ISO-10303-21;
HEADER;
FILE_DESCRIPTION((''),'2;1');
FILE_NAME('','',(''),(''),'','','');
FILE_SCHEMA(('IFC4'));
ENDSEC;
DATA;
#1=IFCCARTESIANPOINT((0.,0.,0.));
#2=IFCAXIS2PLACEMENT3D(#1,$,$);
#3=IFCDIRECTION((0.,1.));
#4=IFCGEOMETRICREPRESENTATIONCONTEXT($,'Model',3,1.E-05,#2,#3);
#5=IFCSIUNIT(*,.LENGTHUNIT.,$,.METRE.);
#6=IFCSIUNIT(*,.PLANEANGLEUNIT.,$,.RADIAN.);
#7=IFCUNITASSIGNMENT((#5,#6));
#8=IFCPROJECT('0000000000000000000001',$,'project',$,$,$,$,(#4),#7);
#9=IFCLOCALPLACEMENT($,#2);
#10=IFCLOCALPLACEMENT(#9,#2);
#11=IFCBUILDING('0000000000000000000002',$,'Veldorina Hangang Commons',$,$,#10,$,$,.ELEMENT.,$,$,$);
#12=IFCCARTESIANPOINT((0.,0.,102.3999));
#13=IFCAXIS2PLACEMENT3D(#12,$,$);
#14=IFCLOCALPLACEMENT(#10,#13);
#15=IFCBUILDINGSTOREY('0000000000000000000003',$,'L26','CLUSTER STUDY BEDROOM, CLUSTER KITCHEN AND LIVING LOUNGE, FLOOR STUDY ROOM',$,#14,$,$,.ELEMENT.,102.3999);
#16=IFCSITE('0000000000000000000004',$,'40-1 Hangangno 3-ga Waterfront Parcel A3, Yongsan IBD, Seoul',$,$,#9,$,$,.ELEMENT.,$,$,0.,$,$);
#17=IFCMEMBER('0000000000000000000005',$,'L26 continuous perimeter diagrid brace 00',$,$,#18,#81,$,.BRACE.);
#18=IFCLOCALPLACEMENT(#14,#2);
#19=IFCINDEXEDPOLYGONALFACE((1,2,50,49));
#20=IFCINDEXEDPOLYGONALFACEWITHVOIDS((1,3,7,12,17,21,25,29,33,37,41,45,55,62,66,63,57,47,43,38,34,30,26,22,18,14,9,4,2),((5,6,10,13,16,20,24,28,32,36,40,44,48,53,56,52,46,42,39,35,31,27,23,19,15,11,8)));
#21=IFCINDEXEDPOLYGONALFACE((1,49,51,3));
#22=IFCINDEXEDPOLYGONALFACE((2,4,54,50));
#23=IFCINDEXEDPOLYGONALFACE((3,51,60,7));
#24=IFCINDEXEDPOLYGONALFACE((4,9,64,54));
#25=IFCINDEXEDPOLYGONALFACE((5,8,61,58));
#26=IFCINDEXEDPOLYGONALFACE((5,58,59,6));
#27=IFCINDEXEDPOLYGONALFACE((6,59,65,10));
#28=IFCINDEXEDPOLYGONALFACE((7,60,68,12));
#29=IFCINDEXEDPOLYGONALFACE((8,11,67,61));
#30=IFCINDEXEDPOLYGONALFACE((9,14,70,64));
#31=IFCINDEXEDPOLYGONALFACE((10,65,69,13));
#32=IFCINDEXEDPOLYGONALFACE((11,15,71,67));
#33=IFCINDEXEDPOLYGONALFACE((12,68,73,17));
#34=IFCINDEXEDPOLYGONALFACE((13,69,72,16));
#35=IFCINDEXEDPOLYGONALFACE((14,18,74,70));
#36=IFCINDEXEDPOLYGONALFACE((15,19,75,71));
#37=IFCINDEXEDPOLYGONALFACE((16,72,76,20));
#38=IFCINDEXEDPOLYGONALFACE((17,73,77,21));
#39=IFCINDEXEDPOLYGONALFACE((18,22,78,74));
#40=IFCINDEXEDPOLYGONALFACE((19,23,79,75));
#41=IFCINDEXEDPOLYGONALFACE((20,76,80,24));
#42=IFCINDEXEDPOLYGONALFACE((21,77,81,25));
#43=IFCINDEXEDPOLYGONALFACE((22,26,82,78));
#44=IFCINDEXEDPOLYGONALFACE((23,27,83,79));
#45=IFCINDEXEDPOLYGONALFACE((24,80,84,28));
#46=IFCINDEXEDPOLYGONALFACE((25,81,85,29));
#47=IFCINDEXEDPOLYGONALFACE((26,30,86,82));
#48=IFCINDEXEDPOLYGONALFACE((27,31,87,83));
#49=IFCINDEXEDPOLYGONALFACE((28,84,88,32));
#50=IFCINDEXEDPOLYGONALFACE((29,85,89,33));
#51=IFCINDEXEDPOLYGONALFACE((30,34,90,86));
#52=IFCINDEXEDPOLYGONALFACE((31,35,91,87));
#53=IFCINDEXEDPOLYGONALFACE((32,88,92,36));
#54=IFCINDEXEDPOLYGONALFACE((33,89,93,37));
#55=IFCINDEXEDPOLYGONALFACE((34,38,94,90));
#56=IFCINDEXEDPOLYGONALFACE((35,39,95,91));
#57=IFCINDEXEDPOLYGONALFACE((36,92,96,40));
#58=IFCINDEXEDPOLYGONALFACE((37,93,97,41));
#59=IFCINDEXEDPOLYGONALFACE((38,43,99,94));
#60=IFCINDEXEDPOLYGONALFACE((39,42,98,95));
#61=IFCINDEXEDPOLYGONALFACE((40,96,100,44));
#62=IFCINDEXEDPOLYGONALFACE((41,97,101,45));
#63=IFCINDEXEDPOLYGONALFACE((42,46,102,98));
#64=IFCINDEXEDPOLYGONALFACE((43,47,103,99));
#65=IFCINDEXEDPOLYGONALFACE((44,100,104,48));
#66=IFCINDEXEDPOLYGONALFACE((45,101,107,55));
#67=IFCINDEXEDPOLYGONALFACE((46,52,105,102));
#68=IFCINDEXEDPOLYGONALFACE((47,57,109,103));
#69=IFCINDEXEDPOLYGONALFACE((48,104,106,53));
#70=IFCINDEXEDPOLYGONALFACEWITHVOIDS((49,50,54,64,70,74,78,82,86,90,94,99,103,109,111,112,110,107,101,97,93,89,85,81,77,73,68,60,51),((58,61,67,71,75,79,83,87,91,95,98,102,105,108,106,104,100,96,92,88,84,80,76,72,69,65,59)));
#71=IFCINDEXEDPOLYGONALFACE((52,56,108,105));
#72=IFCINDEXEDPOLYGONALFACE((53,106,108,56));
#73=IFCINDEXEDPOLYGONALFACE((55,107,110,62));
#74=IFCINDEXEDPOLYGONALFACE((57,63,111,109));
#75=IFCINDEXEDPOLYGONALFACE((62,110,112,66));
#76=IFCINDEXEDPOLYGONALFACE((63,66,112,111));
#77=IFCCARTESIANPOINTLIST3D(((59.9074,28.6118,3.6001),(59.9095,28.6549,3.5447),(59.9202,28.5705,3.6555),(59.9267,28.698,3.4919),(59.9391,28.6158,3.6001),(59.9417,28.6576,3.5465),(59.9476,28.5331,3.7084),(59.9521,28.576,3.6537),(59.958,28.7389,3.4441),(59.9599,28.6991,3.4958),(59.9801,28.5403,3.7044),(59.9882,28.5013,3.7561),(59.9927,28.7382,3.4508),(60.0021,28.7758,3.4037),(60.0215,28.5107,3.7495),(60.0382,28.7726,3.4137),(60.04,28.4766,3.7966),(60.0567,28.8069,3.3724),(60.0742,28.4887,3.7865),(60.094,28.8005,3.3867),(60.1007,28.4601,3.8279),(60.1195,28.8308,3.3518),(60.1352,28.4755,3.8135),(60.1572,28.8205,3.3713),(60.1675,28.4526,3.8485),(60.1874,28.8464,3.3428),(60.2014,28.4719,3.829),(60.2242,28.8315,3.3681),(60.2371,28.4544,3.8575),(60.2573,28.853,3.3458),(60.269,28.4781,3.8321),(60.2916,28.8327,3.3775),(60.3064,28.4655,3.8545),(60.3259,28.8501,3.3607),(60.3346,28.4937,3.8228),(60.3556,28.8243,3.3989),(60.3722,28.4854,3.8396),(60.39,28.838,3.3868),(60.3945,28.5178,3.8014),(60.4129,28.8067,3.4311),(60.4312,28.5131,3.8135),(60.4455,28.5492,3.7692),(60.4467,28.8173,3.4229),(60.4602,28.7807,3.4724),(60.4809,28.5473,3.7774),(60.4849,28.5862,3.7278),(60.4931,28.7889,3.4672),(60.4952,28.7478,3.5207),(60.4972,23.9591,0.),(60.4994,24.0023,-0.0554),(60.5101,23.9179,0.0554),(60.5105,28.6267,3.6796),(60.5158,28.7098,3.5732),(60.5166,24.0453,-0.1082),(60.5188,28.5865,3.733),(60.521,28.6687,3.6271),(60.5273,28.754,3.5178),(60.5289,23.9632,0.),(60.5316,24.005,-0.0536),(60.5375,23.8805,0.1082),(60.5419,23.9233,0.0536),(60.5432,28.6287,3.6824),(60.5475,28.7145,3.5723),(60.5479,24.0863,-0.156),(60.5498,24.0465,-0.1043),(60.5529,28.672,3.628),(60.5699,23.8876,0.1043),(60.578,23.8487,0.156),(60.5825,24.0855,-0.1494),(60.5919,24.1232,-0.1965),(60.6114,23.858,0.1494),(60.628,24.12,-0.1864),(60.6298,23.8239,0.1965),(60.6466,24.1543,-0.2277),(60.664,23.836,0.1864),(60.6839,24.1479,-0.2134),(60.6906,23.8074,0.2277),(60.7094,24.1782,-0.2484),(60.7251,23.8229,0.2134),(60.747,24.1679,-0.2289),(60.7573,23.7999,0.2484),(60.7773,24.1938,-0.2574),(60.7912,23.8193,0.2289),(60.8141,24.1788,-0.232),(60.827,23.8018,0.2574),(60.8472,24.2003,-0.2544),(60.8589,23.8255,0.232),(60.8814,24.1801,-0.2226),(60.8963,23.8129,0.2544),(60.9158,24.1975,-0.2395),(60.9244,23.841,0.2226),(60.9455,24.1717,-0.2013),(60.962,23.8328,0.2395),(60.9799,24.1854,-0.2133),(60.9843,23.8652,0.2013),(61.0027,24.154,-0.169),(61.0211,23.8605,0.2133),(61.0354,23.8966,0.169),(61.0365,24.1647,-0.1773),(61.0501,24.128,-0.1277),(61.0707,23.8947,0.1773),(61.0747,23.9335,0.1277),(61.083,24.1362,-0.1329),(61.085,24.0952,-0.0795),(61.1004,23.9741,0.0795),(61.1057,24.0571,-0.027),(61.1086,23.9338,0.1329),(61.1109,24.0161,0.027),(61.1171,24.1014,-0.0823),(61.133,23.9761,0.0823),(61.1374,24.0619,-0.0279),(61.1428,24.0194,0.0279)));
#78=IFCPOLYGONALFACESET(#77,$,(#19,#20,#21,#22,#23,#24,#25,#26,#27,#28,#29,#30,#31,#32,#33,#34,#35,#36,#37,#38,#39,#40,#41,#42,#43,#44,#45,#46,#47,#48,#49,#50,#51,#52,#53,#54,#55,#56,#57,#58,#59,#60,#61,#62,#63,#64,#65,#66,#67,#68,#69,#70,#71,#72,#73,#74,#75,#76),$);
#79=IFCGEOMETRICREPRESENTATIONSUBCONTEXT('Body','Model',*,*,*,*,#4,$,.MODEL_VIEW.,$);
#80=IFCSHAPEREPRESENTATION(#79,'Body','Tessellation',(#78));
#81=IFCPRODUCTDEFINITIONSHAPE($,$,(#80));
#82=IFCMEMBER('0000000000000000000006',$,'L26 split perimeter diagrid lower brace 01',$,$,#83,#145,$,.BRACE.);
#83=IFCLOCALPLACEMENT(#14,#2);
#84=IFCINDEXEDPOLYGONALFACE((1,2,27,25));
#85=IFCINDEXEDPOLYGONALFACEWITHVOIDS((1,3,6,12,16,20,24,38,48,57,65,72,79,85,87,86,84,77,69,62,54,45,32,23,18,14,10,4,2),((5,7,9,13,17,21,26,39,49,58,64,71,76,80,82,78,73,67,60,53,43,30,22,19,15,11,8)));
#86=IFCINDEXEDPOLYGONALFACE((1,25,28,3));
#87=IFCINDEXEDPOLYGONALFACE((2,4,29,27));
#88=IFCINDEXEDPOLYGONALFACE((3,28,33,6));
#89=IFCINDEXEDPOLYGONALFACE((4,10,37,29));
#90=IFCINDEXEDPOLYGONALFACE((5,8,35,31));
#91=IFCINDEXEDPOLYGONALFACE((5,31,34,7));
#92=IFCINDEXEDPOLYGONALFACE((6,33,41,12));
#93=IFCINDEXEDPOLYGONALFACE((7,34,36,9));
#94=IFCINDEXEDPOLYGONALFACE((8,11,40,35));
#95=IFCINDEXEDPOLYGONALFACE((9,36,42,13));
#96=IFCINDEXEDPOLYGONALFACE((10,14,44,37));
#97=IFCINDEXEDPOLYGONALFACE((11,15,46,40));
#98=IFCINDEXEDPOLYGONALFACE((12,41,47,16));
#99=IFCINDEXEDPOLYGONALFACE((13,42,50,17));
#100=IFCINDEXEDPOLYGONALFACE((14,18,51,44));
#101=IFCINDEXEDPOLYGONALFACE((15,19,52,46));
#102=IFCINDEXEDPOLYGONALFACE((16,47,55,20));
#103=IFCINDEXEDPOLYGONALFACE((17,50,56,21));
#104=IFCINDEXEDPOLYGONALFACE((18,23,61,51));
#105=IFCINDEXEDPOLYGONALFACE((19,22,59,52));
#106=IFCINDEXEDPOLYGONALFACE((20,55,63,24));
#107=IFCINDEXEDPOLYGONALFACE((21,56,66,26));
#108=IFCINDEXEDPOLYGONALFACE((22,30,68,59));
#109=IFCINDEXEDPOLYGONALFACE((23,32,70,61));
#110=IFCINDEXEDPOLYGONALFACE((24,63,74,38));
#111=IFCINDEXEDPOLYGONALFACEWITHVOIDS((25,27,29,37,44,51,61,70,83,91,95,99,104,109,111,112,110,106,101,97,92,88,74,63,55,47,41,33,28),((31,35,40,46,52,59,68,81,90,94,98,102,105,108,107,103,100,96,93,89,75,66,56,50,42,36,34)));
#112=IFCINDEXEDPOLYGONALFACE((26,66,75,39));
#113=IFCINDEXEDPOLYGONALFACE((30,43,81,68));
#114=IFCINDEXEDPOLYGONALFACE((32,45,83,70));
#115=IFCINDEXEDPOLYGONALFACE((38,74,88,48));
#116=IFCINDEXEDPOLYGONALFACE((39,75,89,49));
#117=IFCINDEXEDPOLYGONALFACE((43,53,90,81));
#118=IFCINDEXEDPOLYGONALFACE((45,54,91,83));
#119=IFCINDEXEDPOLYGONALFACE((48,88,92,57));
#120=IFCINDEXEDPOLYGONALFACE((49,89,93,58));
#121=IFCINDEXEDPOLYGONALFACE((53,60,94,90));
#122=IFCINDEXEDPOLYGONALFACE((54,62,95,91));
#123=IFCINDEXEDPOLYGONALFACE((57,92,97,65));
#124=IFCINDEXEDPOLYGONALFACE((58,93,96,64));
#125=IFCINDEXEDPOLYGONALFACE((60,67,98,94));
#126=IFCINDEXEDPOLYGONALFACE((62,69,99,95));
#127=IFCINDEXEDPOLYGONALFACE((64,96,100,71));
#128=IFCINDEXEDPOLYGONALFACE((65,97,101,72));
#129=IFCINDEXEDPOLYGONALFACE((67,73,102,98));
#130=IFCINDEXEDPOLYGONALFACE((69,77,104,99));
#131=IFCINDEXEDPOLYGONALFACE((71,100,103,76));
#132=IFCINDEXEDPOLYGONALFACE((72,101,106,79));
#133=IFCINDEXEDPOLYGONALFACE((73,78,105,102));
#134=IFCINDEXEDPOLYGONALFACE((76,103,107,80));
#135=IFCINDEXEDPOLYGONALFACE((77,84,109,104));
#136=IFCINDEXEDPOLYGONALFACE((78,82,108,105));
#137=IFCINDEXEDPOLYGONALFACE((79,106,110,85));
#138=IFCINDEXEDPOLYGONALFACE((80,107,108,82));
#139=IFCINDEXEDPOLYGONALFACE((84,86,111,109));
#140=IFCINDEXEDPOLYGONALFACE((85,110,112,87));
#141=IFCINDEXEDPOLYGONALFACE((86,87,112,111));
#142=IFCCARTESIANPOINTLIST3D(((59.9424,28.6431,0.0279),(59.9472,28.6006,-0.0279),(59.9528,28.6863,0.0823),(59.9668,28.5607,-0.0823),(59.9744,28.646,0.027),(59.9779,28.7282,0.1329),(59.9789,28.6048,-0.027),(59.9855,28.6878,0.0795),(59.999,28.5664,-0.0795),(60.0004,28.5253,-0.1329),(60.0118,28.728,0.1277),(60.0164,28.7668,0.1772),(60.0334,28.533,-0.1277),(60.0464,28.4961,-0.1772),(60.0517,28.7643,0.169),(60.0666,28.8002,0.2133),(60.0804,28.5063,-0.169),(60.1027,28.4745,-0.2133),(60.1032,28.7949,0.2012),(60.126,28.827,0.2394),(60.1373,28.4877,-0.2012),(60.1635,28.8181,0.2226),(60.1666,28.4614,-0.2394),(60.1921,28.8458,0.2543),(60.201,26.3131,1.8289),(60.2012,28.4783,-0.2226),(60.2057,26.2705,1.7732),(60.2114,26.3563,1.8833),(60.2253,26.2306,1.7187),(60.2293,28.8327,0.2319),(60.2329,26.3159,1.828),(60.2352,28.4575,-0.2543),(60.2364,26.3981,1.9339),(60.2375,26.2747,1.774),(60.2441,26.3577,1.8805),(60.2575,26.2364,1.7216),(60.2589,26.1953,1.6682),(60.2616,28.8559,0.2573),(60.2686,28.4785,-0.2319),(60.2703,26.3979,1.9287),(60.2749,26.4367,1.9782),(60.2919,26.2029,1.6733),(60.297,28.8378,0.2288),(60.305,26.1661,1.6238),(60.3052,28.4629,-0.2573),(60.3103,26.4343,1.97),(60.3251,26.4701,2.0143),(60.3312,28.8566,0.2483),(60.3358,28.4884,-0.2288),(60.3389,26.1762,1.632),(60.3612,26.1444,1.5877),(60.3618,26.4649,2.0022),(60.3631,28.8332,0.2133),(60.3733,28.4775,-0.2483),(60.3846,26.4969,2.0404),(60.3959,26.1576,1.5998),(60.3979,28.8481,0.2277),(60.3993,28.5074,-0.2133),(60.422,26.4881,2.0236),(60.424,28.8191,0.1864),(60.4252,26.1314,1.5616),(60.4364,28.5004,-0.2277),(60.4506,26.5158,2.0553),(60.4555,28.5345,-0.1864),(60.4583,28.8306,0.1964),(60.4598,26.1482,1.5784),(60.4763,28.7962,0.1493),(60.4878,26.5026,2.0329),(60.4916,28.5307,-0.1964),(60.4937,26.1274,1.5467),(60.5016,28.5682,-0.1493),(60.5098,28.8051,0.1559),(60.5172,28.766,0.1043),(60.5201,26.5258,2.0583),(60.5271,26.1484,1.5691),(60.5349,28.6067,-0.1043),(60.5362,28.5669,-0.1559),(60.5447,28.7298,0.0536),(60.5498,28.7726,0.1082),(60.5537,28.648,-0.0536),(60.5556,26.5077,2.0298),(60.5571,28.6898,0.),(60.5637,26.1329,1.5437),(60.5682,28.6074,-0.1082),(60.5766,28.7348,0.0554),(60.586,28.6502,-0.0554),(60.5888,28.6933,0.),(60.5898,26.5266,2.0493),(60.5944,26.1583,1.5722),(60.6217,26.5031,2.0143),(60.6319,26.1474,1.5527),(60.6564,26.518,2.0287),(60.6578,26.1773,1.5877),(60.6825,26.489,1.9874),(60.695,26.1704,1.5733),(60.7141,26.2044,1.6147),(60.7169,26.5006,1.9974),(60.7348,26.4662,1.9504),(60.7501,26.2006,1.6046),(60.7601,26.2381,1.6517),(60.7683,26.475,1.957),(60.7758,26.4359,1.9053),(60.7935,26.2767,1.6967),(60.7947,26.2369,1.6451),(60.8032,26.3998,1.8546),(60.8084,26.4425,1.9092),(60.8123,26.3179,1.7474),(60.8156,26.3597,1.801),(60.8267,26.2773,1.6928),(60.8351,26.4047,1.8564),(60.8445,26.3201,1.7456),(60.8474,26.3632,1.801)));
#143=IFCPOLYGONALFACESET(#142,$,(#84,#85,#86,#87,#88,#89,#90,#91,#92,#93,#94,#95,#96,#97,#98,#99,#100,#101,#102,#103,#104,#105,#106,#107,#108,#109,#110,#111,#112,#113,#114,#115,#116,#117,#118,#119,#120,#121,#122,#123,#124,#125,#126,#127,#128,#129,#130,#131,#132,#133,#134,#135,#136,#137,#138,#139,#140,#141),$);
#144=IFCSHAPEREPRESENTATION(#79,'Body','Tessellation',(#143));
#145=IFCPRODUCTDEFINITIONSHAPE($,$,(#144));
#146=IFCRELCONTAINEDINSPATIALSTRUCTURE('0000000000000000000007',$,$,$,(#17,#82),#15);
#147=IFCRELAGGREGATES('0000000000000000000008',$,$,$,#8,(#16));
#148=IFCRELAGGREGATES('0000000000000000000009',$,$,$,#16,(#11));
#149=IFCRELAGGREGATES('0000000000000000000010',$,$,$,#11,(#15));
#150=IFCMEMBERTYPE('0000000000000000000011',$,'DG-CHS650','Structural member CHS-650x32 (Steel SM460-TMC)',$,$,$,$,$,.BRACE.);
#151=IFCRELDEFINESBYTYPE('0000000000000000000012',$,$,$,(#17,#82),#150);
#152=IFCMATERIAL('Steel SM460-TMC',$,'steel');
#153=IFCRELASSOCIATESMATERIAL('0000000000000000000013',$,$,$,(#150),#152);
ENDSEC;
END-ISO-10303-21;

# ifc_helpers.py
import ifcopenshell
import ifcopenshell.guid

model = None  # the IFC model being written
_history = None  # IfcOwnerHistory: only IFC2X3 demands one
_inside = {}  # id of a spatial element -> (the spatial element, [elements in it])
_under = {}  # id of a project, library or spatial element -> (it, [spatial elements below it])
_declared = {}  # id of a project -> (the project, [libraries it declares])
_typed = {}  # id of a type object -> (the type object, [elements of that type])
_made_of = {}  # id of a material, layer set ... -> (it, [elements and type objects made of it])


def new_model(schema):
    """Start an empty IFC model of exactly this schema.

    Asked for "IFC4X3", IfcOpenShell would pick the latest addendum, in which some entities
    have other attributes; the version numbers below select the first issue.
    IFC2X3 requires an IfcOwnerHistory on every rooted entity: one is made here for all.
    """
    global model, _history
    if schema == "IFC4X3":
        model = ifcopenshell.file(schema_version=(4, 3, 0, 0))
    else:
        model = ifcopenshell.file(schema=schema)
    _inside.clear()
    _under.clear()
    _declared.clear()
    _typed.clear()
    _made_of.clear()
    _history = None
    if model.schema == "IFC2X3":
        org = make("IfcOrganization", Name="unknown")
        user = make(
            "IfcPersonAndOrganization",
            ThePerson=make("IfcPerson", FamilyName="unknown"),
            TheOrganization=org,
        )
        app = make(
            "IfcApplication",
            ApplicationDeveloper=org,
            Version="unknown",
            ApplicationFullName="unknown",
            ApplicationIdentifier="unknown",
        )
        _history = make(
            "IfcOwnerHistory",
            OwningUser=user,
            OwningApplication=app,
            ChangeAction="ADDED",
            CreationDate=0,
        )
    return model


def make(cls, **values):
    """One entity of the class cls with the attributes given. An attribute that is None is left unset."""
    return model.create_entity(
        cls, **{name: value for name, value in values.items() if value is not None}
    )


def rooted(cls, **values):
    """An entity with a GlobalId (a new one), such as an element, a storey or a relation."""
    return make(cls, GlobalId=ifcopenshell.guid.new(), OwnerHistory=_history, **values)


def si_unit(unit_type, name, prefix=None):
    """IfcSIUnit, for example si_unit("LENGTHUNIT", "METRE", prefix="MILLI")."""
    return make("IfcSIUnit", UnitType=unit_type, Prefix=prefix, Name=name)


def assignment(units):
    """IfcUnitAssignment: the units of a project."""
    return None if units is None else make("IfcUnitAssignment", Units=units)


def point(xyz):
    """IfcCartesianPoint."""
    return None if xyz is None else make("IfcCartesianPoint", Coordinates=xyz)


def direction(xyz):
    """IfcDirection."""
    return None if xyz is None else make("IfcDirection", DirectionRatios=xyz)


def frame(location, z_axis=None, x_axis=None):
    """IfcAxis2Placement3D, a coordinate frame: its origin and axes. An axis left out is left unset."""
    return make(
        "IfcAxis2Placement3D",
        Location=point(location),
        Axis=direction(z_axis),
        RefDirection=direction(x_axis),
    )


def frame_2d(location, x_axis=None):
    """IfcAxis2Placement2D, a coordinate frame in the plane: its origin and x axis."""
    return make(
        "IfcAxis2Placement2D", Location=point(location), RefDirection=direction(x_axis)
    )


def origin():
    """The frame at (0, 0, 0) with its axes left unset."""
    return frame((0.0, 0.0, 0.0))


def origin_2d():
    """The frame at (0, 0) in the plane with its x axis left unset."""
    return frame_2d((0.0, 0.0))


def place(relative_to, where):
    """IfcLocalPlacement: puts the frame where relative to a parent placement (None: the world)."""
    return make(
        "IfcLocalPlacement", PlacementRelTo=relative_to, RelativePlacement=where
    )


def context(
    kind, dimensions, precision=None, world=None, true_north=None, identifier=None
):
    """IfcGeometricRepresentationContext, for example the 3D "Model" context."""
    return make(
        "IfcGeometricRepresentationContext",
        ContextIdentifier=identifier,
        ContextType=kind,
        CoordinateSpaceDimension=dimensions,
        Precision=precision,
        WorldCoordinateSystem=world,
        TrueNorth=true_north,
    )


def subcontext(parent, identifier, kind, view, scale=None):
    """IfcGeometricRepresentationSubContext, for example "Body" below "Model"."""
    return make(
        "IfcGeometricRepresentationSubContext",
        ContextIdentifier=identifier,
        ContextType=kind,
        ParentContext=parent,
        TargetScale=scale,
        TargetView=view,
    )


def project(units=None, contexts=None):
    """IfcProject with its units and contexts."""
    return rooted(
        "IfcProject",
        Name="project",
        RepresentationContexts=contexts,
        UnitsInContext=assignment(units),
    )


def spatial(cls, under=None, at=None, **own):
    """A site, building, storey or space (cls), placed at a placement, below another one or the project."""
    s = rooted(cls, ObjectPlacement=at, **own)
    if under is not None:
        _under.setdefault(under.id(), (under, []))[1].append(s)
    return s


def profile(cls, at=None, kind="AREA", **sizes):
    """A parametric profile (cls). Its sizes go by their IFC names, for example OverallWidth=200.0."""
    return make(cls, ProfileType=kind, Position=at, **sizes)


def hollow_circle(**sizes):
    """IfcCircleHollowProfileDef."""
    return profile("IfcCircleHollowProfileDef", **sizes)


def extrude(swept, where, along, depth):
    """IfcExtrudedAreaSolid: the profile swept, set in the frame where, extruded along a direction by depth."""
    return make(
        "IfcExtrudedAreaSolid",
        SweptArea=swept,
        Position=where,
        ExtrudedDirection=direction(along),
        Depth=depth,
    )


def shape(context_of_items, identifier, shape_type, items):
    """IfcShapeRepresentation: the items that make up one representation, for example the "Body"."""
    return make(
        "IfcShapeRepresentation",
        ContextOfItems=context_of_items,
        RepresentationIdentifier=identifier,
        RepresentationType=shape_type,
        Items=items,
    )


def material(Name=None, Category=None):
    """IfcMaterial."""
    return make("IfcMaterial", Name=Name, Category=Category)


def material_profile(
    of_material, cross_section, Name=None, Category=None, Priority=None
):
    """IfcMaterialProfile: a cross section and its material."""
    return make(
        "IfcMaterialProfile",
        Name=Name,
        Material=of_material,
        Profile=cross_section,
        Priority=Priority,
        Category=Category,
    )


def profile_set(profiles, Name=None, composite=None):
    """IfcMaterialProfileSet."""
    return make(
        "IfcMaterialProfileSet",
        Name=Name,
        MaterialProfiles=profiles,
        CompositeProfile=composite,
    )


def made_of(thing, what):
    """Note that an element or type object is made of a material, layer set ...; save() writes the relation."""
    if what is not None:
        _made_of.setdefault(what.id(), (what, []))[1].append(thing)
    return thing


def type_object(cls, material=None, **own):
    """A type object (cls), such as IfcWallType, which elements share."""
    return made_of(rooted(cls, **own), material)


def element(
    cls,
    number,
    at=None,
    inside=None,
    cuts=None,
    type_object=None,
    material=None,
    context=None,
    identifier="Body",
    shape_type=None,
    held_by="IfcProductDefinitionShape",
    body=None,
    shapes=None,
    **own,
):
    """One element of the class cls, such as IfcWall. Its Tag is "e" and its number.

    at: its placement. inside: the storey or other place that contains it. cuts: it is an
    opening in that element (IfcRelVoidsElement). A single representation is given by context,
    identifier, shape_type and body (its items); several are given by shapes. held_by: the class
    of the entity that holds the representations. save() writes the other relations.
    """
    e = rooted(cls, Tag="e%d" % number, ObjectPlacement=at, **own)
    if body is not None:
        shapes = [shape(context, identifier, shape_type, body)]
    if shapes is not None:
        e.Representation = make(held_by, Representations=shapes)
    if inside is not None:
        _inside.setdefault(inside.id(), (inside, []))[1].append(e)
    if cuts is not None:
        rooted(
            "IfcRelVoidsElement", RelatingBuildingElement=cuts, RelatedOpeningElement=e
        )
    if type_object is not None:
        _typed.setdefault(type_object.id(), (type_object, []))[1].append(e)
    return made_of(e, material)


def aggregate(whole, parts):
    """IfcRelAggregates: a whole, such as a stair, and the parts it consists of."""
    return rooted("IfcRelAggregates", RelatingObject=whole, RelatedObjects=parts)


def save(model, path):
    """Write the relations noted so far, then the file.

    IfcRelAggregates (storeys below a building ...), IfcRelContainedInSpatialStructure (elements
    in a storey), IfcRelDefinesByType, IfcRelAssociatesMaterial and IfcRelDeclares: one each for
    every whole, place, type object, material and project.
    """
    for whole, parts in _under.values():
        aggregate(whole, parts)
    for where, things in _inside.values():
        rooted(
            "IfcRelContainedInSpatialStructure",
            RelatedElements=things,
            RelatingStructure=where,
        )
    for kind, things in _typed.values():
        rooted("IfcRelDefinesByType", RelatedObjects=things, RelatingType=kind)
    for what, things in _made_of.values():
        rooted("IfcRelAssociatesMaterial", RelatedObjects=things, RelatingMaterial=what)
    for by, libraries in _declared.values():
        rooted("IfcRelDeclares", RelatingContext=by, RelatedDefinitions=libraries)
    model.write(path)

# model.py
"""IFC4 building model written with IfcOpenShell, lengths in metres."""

from ifc_helpers import new_model, si_unit, direction, frame, origin, origin_2d, place, context, subcontext, project, spatial, hollow_circle, extrude, material, material_profile, profile_set, type_object, element, save


model = new_model("IFC4")

# Units and contexts
model_context = context("Model", 3, precision=1e-05, world=origin(), true_north=direction((0.0, 1.0)))
body_context = subcontext(model_context, "Body", "Model", "MODEL_VIEW")
ifc_project = project(units=[si_unit("LENGTHUNIT", "METRE"), si_unit("PLANEANGLEUNIT", "RADIAN")], contexts=[model_context])

# Site, building, storey
site_placement = place(None, origin())
site = spatial("IfcSite", under=ifc_project, at=site_placement, Name="40-1 Hangangno 3-ga Waterfront Parcel A3, Yongsan IBD, Seoul", CompositionType="ELEMENT", RefElevation=0.0)
building_placement = place(site_placement, origin())
building = spatial("IfcBuilding", under=site, at=building_placement, Name="Veldorina Hangang Commons", CompositionType="ELEMENT")
storey_placement = place(building_placement, frame((0.0, 0.0, 102.3999)))
storey = spatial("IfcBuildingStorey", under=building, at=storey_placement, Name="L26", Description="CLUSTER STUDY BEDROOM, CLUSTER KITCHEN AND LIVING LOUNGE, FLOOR STUDY ROOM", CompositionType="ELEMENT", Elevation=102.3999)

# Members
ifc_material_1 = material(Name="Steel SM460-TMC", Category="steel")
ifc_material_profile_1 = material_profile(ifc_material_1, hollow_circle(Radius=0.325, WallThickness=0.032, at=origin_2d()), Name="CHS-650x32")
ifc_profile_set_1 = profile_set([ifc_material_profile_1], Name="Steel SM460-TMC")
member_type_1 = type_object("IfcMemberType", Name="DG-CHS650", Description="Structural member CHS-650x32 (Steel SM460-TMC)", PredefinedType="BRACE", material=ifc_profile_set_1)
member_1_placement = place(storey_placement, frame((60.8196, 24.0, 0.0), z_axis=(-0.099766, 0.786935, 0.608917), x_axis=(-0.992059, -0.125771, 0.0)))
element("IfcMember", 1, at=member_1_placement, inside=storey, type_object=member_type_1, Name="L26 continuous perimeter diagrid brace 00", PredefinedType="BRACE", context=body_context, shape_type="SweptSolid", body=[
    extrude(hollow_circle(Radius=0.325, WallThickness=0.032, at=origin_2d()), origin(), (0.0, 0.0, 1.0), 5.9124),
])
member_2_placement = place(storey_placement, frame((60.2659, 28.6575, 0.0), z_axis=(0.087455, -0.78817, 0.609213), x_axis=(0.9939, 0.110283, 0.0)))
element("IfcMember", 2, at=member_2_placement, inside=storey, type_object=member_type_1, Name="L26 split perimeter diagrid lower brace 01", PredefinedType="BRACE", context=body_context, shape_type="SweptSolid", body=[
    extrude(hollow_circle(Radius=0.325, WallThickness=0.032, at=origin_2d()), origin(), (0.0, 0.0, 1.0), 2.9563),
])

save(model, "model.ifc")
